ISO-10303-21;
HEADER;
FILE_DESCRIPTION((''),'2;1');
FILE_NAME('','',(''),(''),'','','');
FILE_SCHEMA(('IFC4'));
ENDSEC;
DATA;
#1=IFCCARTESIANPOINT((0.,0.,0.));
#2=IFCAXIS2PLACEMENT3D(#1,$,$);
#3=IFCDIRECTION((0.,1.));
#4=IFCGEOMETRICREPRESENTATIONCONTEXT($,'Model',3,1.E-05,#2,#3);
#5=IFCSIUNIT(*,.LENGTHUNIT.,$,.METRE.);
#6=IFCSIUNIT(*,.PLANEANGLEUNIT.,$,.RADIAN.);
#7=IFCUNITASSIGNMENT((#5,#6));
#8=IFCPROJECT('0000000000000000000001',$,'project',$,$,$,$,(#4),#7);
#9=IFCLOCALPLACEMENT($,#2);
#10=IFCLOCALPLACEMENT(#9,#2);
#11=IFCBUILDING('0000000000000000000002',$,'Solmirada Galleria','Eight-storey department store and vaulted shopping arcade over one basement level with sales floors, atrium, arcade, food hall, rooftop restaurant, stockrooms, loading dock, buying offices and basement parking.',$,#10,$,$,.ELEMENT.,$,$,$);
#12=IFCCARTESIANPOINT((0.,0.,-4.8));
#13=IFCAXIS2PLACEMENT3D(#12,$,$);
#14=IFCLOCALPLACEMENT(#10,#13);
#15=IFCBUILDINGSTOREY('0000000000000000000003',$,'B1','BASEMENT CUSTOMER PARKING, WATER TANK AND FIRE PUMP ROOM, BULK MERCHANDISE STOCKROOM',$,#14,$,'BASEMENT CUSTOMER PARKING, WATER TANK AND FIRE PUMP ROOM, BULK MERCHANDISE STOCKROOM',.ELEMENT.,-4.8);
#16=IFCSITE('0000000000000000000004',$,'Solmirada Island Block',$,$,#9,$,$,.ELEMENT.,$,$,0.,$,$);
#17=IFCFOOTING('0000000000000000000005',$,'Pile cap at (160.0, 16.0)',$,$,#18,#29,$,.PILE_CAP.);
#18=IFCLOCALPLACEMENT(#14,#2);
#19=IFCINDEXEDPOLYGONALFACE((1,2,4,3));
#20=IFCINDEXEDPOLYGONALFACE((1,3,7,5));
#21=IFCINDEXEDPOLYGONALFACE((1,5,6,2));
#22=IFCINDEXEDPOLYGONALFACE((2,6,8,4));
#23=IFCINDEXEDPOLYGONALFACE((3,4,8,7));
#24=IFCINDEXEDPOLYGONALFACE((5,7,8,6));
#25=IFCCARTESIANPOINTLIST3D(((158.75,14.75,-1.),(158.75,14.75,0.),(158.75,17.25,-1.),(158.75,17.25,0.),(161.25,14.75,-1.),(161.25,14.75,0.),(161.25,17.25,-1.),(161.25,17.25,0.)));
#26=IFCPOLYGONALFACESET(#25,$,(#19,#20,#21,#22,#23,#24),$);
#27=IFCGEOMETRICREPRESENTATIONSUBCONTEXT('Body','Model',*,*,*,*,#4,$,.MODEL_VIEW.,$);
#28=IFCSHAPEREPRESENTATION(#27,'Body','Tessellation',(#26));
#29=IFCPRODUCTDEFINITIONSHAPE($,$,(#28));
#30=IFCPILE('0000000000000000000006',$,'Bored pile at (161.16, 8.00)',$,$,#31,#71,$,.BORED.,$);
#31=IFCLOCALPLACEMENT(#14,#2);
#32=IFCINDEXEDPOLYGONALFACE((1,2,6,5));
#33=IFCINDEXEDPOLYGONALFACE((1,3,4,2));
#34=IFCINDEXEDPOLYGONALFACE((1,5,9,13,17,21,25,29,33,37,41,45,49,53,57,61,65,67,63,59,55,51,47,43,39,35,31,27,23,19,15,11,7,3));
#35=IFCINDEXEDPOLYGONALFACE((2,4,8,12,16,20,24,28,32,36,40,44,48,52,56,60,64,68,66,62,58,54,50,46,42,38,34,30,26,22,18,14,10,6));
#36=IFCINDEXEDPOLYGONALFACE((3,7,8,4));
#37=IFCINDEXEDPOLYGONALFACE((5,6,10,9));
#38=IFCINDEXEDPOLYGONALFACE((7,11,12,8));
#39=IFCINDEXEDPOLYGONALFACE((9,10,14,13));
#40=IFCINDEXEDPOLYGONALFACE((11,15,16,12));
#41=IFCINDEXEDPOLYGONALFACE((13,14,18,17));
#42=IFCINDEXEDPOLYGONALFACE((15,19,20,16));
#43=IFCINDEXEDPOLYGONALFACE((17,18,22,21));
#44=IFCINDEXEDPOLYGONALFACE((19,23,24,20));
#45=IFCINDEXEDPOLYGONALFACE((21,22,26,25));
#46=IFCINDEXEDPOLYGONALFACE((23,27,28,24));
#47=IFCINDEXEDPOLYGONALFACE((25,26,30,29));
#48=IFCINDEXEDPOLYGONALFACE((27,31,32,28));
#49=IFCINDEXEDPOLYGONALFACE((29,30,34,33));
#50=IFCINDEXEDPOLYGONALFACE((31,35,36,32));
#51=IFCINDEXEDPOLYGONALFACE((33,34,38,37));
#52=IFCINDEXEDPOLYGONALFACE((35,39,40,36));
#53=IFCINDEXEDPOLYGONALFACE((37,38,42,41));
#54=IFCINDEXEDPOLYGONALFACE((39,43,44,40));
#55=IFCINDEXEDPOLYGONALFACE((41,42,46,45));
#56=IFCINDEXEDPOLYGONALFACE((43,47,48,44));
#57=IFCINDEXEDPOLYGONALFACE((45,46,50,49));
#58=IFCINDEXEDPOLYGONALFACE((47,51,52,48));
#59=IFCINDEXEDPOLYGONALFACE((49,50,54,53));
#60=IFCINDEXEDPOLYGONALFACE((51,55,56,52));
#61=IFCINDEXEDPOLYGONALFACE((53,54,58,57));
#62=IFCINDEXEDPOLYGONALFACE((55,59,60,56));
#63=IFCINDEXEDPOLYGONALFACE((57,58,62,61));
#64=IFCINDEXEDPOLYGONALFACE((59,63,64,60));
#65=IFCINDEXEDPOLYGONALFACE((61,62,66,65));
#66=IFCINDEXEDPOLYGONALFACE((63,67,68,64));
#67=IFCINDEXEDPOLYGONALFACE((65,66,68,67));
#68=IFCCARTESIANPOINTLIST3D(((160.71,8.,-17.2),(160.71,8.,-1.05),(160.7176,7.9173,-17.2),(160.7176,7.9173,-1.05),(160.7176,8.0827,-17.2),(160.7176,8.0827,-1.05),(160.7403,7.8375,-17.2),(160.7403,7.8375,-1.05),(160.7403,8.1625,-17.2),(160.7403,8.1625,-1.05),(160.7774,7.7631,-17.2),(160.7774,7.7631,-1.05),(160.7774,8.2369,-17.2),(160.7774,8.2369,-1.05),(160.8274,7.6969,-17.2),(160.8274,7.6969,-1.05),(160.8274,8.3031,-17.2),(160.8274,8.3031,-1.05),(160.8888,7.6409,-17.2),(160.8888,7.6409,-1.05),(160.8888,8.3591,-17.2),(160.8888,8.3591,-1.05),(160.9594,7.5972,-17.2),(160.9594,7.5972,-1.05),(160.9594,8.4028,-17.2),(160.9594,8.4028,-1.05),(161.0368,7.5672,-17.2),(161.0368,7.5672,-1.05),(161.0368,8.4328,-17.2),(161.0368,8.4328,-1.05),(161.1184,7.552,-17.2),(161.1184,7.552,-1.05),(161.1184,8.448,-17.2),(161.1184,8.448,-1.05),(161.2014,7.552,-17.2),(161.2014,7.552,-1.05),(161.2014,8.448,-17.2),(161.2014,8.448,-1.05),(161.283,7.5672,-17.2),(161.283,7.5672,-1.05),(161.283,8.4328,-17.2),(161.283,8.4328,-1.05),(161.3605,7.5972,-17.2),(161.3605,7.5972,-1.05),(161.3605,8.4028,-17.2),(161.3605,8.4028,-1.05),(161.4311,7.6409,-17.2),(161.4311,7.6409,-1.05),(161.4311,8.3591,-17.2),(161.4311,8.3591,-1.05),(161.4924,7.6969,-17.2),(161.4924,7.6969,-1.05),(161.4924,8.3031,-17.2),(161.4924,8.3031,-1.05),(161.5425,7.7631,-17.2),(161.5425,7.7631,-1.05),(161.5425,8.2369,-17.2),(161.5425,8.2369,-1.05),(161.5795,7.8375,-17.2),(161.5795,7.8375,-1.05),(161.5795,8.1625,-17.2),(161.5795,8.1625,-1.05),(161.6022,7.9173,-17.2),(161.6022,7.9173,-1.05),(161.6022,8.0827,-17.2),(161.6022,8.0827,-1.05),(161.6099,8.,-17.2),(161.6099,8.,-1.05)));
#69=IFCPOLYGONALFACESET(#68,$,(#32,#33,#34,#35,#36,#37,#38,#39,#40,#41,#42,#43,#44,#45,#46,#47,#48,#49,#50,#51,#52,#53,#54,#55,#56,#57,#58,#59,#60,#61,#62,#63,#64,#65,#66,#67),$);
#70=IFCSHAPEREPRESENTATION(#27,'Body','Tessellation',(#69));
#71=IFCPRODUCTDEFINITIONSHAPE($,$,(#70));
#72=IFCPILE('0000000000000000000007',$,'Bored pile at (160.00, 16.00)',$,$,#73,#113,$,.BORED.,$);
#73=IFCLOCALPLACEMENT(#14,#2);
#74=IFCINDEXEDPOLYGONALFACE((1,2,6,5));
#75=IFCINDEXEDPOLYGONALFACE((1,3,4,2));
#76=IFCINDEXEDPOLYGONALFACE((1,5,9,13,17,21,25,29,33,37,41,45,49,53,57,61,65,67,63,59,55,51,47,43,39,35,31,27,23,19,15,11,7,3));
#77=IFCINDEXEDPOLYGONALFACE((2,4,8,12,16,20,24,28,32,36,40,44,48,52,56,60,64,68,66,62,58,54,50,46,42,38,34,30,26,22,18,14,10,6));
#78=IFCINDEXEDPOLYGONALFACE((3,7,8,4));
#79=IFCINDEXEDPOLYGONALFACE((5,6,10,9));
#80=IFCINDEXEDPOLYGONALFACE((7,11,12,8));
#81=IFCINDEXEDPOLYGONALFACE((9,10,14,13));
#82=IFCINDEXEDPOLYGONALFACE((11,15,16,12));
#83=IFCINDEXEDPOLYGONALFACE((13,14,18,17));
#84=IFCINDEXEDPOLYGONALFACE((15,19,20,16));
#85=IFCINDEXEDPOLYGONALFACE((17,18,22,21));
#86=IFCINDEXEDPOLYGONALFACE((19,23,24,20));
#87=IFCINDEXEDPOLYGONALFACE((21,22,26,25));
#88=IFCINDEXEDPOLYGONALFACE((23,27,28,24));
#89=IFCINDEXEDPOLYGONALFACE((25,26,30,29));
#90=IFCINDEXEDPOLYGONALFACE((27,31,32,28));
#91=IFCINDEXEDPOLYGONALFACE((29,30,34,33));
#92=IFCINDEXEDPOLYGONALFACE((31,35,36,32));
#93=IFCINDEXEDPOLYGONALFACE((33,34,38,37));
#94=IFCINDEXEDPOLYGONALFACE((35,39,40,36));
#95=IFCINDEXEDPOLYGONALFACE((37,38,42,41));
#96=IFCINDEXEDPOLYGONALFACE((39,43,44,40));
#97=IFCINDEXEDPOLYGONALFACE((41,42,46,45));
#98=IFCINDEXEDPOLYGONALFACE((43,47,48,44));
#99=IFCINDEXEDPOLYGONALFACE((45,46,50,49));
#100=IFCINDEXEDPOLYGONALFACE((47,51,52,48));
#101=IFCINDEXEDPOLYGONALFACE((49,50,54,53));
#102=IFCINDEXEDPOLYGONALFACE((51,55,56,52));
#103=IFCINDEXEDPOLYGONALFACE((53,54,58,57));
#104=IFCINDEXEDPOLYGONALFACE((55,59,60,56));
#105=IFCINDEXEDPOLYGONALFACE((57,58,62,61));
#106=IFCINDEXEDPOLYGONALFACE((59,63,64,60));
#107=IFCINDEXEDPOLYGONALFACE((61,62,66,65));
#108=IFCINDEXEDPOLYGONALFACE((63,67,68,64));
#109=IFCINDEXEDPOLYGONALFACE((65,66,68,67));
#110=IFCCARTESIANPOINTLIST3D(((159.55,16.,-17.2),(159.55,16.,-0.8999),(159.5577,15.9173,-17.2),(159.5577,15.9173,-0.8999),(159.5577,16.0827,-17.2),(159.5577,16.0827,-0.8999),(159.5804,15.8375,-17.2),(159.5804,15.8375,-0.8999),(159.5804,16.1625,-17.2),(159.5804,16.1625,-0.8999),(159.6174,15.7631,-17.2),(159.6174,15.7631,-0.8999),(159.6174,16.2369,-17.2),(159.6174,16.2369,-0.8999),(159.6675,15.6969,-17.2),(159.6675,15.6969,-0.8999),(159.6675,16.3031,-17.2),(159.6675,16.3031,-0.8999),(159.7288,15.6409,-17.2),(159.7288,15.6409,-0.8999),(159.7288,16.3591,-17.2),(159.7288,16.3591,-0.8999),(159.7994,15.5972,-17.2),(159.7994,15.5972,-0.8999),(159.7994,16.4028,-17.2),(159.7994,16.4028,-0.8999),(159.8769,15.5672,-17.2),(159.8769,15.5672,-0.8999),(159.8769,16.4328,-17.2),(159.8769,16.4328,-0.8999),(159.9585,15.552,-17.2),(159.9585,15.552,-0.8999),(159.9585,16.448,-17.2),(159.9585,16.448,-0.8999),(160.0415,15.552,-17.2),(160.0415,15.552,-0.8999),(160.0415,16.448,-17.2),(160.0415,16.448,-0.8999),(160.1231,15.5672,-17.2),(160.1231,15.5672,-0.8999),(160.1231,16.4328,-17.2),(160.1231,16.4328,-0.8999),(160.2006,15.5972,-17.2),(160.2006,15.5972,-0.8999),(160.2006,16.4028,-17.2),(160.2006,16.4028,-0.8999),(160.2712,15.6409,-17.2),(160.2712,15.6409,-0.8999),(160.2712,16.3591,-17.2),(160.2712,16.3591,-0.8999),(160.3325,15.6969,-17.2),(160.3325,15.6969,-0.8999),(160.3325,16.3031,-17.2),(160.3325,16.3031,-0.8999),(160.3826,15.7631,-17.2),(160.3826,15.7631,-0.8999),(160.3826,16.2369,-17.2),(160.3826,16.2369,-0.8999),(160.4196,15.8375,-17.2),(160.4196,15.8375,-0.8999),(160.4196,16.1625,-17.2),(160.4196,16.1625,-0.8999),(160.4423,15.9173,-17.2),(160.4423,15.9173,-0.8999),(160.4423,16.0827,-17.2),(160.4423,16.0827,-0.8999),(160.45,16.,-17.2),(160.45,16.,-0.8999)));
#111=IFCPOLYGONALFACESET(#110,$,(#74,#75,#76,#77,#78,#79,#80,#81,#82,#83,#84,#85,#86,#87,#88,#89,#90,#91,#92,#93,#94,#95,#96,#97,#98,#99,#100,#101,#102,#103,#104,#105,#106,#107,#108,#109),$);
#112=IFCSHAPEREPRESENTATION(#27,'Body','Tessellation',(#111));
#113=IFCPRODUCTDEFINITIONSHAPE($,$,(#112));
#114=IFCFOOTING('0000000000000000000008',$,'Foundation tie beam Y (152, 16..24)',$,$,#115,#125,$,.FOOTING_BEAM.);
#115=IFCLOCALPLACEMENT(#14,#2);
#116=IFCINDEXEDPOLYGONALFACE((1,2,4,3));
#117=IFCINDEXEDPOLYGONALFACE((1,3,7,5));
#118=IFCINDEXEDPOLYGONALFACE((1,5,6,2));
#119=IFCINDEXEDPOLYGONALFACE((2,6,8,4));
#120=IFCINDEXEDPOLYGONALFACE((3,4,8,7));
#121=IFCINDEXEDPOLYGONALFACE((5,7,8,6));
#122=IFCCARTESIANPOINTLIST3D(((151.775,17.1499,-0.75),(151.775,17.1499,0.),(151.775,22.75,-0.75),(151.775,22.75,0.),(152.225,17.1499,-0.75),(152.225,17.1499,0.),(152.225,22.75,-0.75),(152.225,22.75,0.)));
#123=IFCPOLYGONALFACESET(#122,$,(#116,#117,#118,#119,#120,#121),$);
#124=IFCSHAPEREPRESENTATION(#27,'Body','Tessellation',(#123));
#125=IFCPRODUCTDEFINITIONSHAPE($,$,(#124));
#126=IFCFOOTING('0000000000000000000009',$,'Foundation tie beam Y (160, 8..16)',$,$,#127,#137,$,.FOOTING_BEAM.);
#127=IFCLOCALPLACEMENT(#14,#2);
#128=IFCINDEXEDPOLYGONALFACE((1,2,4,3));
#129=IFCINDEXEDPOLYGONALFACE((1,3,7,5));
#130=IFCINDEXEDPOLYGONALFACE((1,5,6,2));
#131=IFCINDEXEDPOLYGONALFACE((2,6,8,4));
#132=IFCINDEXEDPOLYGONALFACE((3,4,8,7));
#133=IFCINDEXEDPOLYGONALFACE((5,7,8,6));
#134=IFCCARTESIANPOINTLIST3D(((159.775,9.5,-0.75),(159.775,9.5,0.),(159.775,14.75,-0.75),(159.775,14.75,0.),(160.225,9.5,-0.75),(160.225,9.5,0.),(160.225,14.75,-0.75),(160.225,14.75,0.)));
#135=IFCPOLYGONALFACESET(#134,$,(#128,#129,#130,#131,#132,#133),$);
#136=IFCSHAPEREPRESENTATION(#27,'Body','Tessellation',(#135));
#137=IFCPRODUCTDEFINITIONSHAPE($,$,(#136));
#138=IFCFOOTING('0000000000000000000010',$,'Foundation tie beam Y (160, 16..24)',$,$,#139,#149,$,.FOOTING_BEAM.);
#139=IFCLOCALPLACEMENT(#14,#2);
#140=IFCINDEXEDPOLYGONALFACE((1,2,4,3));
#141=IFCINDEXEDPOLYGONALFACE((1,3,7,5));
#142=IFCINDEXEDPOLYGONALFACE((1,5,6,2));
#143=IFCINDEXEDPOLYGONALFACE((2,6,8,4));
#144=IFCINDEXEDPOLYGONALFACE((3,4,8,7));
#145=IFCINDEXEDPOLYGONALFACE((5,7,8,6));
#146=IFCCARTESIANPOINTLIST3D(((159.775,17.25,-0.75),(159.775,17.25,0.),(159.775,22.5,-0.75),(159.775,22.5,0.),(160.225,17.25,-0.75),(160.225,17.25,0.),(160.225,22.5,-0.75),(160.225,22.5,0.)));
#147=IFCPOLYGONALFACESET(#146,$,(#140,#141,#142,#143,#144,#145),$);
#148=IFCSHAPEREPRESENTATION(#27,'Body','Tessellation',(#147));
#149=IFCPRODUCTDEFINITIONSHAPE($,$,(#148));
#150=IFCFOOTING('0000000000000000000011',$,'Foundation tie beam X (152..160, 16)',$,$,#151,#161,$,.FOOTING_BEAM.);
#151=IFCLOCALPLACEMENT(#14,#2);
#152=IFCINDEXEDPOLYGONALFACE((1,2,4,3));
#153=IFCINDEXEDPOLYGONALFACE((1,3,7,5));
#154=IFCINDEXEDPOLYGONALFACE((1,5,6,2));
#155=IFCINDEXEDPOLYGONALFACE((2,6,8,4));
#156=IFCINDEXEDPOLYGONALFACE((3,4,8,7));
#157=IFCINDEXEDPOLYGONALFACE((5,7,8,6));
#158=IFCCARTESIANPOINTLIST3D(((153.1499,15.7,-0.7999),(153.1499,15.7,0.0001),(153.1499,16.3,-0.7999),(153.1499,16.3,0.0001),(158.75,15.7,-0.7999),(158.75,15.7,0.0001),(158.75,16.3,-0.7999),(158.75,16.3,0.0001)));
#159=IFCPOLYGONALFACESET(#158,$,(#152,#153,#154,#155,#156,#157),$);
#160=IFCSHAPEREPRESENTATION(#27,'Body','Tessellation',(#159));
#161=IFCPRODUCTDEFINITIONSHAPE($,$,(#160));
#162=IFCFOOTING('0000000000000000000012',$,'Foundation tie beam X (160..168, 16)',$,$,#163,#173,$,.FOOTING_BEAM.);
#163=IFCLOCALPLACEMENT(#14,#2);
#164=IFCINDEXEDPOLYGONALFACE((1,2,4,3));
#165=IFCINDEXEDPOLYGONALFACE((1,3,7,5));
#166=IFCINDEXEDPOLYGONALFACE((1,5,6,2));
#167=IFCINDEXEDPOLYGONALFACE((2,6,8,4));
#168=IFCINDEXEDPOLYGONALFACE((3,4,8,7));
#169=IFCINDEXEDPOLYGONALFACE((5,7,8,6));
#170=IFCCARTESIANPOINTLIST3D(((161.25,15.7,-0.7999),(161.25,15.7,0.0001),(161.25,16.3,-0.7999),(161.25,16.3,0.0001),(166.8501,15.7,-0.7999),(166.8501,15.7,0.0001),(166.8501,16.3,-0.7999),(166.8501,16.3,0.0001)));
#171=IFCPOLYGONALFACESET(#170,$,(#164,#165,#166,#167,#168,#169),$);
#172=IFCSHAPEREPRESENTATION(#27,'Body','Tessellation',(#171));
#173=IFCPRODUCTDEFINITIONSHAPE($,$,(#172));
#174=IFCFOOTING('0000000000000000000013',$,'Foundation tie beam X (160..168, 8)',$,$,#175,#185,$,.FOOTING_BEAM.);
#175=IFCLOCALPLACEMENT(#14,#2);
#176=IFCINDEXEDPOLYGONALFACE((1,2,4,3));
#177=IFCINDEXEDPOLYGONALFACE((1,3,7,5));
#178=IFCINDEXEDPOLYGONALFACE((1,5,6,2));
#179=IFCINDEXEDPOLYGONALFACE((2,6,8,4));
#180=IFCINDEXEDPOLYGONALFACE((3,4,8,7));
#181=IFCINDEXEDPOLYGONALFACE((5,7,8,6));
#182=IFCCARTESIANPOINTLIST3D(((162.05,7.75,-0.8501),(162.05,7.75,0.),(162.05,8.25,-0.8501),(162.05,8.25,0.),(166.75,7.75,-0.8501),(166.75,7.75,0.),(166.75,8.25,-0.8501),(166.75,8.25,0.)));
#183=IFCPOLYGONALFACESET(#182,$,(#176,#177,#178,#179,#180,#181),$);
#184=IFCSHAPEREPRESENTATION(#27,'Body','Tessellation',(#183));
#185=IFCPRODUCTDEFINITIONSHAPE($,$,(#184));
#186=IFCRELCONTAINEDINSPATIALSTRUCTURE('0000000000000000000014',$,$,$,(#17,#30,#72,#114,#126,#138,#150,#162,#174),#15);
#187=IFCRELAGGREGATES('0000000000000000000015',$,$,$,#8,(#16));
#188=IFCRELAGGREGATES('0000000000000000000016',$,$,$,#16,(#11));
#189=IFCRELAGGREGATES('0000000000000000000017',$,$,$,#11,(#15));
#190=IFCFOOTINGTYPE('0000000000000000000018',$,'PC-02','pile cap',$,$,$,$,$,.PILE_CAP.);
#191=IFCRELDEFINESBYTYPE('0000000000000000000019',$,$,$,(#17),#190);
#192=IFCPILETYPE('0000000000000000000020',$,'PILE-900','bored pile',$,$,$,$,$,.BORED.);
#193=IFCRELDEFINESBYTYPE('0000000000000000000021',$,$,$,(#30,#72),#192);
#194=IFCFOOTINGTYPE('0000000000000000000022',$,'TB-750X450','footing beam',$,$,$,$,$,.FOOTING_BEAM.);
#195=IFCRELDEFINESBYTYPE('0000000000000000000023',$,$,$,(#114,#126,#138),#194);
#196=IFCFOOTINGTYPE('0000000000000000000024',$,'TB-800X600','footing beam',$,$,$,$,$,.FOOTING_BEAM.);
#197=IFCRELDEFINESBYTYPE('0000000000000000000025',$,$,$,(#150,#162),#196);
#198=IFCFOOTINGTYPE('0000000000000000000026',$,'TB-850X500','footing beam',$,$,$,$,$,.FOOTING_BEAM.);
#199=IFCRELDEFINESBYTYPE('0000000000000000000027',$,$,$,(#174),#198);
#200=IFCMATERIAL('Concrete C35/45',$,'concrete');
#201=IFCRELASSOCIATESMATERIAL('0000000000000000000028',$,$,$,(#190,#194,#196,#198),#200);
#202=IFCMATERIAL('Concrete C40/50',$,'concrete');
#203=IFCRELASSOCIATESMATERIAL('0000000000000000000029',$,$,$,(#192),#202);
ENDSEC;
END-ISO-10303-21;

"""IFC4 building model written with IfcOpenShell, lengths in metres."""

from ifc_helpers import new_model, si_unit, direction, frame, origin, origin_2d, place, context, subcontext, project, spatial, rectangle, circle, extrude, material, material_profile, profile_set, type_object, element, save


model = new_model("IFC4")

# Units and contexts
model_context = context("Model", 3, precision=1e-05, world=origin(), true_north=direction((0.0, 1.0)))
body_context = subcontext(model_context, "Body", "Model", "MODEL_VIEW")
ifc_project = project(units=[si_unit("LENGTHUNIT", "METRE"), si_unit("PLANEANGLEUNIT", "RADIAN")], contexts=[model_context])

# Site, building, storey
site_placement = place(None, origin())
site = spatial("IfcSite", under=ifc_project, at=site_placement, Name="Solmirada Island Block", CompositionType="ELEMENT", RefElevation=0.0)
building_placement = place(site_placement, origin())
building = spatial("IfcBuilding", under=site, at=building_placement, Name="Solmirada Galleria", Description="Eight-storey department store and vaulted shopping arcade over one basement level with sales floors, atrium, arcade, food hall, rooftop restaurant, stockrooms, loading dock, buying offices and basement parking.", CompositionType="ELEMENT")
storey_placement = place(building_placement, frame((0.0, 0.0, -4.8)))
storey = spatial("IfcBuildingStorey", under=building, at=storey_placement, Name="B1", Description="BASEMENT CUSTOMER PARKING, WATER TANK AND FIRE PUMP ROOM, BULK MERCHANDISE STOCKROOM", LongName="BASEMENT CUSTOMER PARKING, WATER TANK AND FIRE PUMP ROOM, BULK MERCHANDISE STOCKROOM", CompositionType="ELEMENT", Elevation=-4.8)

# Footing
ifc_material_1 = material(Name="Concrete C35/45", Category="concrete")
footing_type_1 = type_object("IfcFootingType", Name="PC-02", Description="pile cap", PredefinedType="PILE_CAP", material=ifc_material_1)
footing_1_placement = place(storey_placement, frame((160.0, 16.0, -1.0), z_axis=(0.0, 0.0, 1.0), x_axis=(1.0, 0.0, 0.0)))
element("IfcFooting", 1, at=footing_1_placement, inside=storey, type_object=footing_type_1, Name="Pile cap at (160.0, 16.0)", PredefinedType="PILE_CAP", context=body_context, shape_type="SweptSolid", body=[
    extrude(rectangle(XDim=2.5, YDim=2.5, at=origin_2d()), origin(), (0.0, 0.0, 1.0), 1.0),
])

# Piles
ifc_material_2 = material(Name="Concrete C40/50", Category="concrete")
ifc_material_profile_1 = material_profile(ifc_material_2, circle(Radius=0.45, at=origin_2d()), Name="PILE900")
ifc_profile_set_1 = profile_set([ifc_material_profile_1], Name="Concrete C40/50")
pile_type = type_object("IfcPileType", Name="PILE-900", Description="bored pile", PredefinedType="BORED", material=ifc_profile_set_1)
pile_1_placement = place(storey_placement, frame((161.1599, 8.0, -1.05), z_axis=(0.0, 0.0, -1.0), x_axis=(1.0, 0.0, 0.0)))
element("IfcPile", 2, at=pile_1_placement, inside=storey, type_object=pile_type, Name="Bored pile at (161.16, 8.00)", PredefinedType="BORED", context=body_context, shape_type="SweptSolid", body=[
    extrude(circle(Radius=0.45, at=origin_2d()), origin(), (0.0, 0.0, 1.0), 16.1499),
])
pile_2_placement = place(storey_placement, frame((160.0, 16.0, -0.8999), z_axis=(0.0, 0.0, -1.0), x_axis=(1.0, 0.0, 0.0)))
element("IfcPile", 3, at=pile_2_placement, inside=storey, type_object=pile_type, Name="Bored pile at (160.00, 16.00)", PredefinedType="BORED", context=body_context, shape_type="SweptSolid", body=[
    extrude(circle(Radius=0.45, at=origin_2d()), origin(), (0.0, 0.0, 1.0), 16.3),
])

# Footings
ifc_material_profile_2 = material_profile(ifc_material_1, rectangle(XDim=0.45, YDim=0.75, at=origin_2d()), Name="RC750X450")
ifc_profile_set_2 = profile_set([ifc_material_profile_2], Name="Concrete C35/45")
footing_type_2 = type_object("IfcFootingType", Name="TB-750X450", Description="footing beam", PredefinedType="FOOTING_BEAM", material=ifc_profile_set_2)
footing_2_placement = place(storey_placement, frame((152.0, 17.1499, -0.375), z_axis=(0.0, 1.0, 0.0), x_axis=(-1.0, 0.0, 0.0)))
element("IfcFooting", 4, at=footing_2_placement, inside=storey, type_object=footing_type_2, Name="Foundation tie beam Y (152, 16..24)", PredefinedType="FOOTING_BEAM", context=body_context, shape_type="SweptSolid", body=[
    extrude(rectangle(XDim=0.45, YDim=0.75, at=origin_2d()), origin(), (0.0, 0.0, 1.0), 5.6001),
])
for number, where, z_axis, x_axis, name in (
    (5, (160.0, 9.5, -0.375), (0.0, 1.0, 0.0), (-1.0, 0.0, 0.0), "Foundation tie beam Y (160, 8..16)"),
    (6, (160.0, 17.25, -0.375), (0.0, 1.0, 0.0), (-1.0, 0.0, 0.0), "Foundation tie beam Y (160, 16..24)"),
):
    element("IfcFooting", number, at=place(storey_placement, frame(where, z_axis=z_axis, x_axis=x_axis)), inside=storey, type_object=footing_type_2, Name=name, PredefinedType="FOOTING_BEAM", context=body_context, shape_type="SweptSolid", body=[
        extrude(rectangle(XDim=0.45, YDim=0.75, at=origin_2d()), origin(), (0.0, 0.0, 1.0), 5.25),
    ])
ifc_material_profile_3 = material_profile(ifc_material_1, rectangle(XDim=0.6001, YDim=0.8, at=origin_2d()), Name="RC800X600")
ifc_profile_set_3 = profile_set([ifc_material_profile_3], Name="Concrete C35/45")
footing_type_3 = type_object("IfcFootingType", Name="TB-800X600", Description="footing beam", PredefinedType="FOOTING_BEAM", material=ifc_profile_set_3)
for number, where, z_axis, x_axis, name in (
    (7, (153.1499, 16.0, -0.3999), (1.0, 0.0, 0.0), (0.0, 1.0, 0.0), "Foundation tie beam X (152..160, 16)"),
    (8, (161.25, 16.0, -0.3999), (1.0, 0.0, 0.0), (0.0, 1.0, 0.0), "Foundation tie beam X (160..168, 16)"),
):
    element("IfcFooting", number, at=place(storey_placement, frame(where, z_axis=z_axis, x_axis=x_axis)), inside=storey, type_object=footing_type_3, Name=name, PredefinedType="FOOTING_BEAM", context=body_context, shape_type="SweptSolid", body=[
        extrude(rectangle(XDim=0.6001, YDim=0.8, at=origin_2d()), origin(), (0.0, 0.0, 1.0), 5.6001),
    ])
ifc_material_profile_4 = material_profile(ifc_material_1, rectangle(XDim=0.5, YDim=0.8501, at=origin_2d()), Name="RC850X500")
ifc_profile_set_4 = profile_set([ifc_material_profile_4], Name="Concrete C35/45")
footing_type_4 = type_object("IfcFootingType", Name="TB-850X500", Description="footing beam", PredefinedType="FOOTING_BEAM", material=ifc_profile_set_4)
footing_3_placement = place(storey_placement, frame((162.05, 8.0, -0.425), z_axis=(1.0, 0.0, 0.0), x_axis=(0.0, 1.0, 0.0)))
element("IfcFooting", 9, at=footing_3_placement, inside=storey, type_object=footing_type_4, Name="Foundation tie beam X (160..168, 8)", PredefinedType="FOOTING_BEAM", context=body_context, shape_type="SweptSolid", body=[
    extrude(rectangle(XDim=0.5, YDim=0.8501, at=origin_2d()), origin(), (0.0, 0.0, 1.0), 4.7),
])

save(model, "model.ifc")
